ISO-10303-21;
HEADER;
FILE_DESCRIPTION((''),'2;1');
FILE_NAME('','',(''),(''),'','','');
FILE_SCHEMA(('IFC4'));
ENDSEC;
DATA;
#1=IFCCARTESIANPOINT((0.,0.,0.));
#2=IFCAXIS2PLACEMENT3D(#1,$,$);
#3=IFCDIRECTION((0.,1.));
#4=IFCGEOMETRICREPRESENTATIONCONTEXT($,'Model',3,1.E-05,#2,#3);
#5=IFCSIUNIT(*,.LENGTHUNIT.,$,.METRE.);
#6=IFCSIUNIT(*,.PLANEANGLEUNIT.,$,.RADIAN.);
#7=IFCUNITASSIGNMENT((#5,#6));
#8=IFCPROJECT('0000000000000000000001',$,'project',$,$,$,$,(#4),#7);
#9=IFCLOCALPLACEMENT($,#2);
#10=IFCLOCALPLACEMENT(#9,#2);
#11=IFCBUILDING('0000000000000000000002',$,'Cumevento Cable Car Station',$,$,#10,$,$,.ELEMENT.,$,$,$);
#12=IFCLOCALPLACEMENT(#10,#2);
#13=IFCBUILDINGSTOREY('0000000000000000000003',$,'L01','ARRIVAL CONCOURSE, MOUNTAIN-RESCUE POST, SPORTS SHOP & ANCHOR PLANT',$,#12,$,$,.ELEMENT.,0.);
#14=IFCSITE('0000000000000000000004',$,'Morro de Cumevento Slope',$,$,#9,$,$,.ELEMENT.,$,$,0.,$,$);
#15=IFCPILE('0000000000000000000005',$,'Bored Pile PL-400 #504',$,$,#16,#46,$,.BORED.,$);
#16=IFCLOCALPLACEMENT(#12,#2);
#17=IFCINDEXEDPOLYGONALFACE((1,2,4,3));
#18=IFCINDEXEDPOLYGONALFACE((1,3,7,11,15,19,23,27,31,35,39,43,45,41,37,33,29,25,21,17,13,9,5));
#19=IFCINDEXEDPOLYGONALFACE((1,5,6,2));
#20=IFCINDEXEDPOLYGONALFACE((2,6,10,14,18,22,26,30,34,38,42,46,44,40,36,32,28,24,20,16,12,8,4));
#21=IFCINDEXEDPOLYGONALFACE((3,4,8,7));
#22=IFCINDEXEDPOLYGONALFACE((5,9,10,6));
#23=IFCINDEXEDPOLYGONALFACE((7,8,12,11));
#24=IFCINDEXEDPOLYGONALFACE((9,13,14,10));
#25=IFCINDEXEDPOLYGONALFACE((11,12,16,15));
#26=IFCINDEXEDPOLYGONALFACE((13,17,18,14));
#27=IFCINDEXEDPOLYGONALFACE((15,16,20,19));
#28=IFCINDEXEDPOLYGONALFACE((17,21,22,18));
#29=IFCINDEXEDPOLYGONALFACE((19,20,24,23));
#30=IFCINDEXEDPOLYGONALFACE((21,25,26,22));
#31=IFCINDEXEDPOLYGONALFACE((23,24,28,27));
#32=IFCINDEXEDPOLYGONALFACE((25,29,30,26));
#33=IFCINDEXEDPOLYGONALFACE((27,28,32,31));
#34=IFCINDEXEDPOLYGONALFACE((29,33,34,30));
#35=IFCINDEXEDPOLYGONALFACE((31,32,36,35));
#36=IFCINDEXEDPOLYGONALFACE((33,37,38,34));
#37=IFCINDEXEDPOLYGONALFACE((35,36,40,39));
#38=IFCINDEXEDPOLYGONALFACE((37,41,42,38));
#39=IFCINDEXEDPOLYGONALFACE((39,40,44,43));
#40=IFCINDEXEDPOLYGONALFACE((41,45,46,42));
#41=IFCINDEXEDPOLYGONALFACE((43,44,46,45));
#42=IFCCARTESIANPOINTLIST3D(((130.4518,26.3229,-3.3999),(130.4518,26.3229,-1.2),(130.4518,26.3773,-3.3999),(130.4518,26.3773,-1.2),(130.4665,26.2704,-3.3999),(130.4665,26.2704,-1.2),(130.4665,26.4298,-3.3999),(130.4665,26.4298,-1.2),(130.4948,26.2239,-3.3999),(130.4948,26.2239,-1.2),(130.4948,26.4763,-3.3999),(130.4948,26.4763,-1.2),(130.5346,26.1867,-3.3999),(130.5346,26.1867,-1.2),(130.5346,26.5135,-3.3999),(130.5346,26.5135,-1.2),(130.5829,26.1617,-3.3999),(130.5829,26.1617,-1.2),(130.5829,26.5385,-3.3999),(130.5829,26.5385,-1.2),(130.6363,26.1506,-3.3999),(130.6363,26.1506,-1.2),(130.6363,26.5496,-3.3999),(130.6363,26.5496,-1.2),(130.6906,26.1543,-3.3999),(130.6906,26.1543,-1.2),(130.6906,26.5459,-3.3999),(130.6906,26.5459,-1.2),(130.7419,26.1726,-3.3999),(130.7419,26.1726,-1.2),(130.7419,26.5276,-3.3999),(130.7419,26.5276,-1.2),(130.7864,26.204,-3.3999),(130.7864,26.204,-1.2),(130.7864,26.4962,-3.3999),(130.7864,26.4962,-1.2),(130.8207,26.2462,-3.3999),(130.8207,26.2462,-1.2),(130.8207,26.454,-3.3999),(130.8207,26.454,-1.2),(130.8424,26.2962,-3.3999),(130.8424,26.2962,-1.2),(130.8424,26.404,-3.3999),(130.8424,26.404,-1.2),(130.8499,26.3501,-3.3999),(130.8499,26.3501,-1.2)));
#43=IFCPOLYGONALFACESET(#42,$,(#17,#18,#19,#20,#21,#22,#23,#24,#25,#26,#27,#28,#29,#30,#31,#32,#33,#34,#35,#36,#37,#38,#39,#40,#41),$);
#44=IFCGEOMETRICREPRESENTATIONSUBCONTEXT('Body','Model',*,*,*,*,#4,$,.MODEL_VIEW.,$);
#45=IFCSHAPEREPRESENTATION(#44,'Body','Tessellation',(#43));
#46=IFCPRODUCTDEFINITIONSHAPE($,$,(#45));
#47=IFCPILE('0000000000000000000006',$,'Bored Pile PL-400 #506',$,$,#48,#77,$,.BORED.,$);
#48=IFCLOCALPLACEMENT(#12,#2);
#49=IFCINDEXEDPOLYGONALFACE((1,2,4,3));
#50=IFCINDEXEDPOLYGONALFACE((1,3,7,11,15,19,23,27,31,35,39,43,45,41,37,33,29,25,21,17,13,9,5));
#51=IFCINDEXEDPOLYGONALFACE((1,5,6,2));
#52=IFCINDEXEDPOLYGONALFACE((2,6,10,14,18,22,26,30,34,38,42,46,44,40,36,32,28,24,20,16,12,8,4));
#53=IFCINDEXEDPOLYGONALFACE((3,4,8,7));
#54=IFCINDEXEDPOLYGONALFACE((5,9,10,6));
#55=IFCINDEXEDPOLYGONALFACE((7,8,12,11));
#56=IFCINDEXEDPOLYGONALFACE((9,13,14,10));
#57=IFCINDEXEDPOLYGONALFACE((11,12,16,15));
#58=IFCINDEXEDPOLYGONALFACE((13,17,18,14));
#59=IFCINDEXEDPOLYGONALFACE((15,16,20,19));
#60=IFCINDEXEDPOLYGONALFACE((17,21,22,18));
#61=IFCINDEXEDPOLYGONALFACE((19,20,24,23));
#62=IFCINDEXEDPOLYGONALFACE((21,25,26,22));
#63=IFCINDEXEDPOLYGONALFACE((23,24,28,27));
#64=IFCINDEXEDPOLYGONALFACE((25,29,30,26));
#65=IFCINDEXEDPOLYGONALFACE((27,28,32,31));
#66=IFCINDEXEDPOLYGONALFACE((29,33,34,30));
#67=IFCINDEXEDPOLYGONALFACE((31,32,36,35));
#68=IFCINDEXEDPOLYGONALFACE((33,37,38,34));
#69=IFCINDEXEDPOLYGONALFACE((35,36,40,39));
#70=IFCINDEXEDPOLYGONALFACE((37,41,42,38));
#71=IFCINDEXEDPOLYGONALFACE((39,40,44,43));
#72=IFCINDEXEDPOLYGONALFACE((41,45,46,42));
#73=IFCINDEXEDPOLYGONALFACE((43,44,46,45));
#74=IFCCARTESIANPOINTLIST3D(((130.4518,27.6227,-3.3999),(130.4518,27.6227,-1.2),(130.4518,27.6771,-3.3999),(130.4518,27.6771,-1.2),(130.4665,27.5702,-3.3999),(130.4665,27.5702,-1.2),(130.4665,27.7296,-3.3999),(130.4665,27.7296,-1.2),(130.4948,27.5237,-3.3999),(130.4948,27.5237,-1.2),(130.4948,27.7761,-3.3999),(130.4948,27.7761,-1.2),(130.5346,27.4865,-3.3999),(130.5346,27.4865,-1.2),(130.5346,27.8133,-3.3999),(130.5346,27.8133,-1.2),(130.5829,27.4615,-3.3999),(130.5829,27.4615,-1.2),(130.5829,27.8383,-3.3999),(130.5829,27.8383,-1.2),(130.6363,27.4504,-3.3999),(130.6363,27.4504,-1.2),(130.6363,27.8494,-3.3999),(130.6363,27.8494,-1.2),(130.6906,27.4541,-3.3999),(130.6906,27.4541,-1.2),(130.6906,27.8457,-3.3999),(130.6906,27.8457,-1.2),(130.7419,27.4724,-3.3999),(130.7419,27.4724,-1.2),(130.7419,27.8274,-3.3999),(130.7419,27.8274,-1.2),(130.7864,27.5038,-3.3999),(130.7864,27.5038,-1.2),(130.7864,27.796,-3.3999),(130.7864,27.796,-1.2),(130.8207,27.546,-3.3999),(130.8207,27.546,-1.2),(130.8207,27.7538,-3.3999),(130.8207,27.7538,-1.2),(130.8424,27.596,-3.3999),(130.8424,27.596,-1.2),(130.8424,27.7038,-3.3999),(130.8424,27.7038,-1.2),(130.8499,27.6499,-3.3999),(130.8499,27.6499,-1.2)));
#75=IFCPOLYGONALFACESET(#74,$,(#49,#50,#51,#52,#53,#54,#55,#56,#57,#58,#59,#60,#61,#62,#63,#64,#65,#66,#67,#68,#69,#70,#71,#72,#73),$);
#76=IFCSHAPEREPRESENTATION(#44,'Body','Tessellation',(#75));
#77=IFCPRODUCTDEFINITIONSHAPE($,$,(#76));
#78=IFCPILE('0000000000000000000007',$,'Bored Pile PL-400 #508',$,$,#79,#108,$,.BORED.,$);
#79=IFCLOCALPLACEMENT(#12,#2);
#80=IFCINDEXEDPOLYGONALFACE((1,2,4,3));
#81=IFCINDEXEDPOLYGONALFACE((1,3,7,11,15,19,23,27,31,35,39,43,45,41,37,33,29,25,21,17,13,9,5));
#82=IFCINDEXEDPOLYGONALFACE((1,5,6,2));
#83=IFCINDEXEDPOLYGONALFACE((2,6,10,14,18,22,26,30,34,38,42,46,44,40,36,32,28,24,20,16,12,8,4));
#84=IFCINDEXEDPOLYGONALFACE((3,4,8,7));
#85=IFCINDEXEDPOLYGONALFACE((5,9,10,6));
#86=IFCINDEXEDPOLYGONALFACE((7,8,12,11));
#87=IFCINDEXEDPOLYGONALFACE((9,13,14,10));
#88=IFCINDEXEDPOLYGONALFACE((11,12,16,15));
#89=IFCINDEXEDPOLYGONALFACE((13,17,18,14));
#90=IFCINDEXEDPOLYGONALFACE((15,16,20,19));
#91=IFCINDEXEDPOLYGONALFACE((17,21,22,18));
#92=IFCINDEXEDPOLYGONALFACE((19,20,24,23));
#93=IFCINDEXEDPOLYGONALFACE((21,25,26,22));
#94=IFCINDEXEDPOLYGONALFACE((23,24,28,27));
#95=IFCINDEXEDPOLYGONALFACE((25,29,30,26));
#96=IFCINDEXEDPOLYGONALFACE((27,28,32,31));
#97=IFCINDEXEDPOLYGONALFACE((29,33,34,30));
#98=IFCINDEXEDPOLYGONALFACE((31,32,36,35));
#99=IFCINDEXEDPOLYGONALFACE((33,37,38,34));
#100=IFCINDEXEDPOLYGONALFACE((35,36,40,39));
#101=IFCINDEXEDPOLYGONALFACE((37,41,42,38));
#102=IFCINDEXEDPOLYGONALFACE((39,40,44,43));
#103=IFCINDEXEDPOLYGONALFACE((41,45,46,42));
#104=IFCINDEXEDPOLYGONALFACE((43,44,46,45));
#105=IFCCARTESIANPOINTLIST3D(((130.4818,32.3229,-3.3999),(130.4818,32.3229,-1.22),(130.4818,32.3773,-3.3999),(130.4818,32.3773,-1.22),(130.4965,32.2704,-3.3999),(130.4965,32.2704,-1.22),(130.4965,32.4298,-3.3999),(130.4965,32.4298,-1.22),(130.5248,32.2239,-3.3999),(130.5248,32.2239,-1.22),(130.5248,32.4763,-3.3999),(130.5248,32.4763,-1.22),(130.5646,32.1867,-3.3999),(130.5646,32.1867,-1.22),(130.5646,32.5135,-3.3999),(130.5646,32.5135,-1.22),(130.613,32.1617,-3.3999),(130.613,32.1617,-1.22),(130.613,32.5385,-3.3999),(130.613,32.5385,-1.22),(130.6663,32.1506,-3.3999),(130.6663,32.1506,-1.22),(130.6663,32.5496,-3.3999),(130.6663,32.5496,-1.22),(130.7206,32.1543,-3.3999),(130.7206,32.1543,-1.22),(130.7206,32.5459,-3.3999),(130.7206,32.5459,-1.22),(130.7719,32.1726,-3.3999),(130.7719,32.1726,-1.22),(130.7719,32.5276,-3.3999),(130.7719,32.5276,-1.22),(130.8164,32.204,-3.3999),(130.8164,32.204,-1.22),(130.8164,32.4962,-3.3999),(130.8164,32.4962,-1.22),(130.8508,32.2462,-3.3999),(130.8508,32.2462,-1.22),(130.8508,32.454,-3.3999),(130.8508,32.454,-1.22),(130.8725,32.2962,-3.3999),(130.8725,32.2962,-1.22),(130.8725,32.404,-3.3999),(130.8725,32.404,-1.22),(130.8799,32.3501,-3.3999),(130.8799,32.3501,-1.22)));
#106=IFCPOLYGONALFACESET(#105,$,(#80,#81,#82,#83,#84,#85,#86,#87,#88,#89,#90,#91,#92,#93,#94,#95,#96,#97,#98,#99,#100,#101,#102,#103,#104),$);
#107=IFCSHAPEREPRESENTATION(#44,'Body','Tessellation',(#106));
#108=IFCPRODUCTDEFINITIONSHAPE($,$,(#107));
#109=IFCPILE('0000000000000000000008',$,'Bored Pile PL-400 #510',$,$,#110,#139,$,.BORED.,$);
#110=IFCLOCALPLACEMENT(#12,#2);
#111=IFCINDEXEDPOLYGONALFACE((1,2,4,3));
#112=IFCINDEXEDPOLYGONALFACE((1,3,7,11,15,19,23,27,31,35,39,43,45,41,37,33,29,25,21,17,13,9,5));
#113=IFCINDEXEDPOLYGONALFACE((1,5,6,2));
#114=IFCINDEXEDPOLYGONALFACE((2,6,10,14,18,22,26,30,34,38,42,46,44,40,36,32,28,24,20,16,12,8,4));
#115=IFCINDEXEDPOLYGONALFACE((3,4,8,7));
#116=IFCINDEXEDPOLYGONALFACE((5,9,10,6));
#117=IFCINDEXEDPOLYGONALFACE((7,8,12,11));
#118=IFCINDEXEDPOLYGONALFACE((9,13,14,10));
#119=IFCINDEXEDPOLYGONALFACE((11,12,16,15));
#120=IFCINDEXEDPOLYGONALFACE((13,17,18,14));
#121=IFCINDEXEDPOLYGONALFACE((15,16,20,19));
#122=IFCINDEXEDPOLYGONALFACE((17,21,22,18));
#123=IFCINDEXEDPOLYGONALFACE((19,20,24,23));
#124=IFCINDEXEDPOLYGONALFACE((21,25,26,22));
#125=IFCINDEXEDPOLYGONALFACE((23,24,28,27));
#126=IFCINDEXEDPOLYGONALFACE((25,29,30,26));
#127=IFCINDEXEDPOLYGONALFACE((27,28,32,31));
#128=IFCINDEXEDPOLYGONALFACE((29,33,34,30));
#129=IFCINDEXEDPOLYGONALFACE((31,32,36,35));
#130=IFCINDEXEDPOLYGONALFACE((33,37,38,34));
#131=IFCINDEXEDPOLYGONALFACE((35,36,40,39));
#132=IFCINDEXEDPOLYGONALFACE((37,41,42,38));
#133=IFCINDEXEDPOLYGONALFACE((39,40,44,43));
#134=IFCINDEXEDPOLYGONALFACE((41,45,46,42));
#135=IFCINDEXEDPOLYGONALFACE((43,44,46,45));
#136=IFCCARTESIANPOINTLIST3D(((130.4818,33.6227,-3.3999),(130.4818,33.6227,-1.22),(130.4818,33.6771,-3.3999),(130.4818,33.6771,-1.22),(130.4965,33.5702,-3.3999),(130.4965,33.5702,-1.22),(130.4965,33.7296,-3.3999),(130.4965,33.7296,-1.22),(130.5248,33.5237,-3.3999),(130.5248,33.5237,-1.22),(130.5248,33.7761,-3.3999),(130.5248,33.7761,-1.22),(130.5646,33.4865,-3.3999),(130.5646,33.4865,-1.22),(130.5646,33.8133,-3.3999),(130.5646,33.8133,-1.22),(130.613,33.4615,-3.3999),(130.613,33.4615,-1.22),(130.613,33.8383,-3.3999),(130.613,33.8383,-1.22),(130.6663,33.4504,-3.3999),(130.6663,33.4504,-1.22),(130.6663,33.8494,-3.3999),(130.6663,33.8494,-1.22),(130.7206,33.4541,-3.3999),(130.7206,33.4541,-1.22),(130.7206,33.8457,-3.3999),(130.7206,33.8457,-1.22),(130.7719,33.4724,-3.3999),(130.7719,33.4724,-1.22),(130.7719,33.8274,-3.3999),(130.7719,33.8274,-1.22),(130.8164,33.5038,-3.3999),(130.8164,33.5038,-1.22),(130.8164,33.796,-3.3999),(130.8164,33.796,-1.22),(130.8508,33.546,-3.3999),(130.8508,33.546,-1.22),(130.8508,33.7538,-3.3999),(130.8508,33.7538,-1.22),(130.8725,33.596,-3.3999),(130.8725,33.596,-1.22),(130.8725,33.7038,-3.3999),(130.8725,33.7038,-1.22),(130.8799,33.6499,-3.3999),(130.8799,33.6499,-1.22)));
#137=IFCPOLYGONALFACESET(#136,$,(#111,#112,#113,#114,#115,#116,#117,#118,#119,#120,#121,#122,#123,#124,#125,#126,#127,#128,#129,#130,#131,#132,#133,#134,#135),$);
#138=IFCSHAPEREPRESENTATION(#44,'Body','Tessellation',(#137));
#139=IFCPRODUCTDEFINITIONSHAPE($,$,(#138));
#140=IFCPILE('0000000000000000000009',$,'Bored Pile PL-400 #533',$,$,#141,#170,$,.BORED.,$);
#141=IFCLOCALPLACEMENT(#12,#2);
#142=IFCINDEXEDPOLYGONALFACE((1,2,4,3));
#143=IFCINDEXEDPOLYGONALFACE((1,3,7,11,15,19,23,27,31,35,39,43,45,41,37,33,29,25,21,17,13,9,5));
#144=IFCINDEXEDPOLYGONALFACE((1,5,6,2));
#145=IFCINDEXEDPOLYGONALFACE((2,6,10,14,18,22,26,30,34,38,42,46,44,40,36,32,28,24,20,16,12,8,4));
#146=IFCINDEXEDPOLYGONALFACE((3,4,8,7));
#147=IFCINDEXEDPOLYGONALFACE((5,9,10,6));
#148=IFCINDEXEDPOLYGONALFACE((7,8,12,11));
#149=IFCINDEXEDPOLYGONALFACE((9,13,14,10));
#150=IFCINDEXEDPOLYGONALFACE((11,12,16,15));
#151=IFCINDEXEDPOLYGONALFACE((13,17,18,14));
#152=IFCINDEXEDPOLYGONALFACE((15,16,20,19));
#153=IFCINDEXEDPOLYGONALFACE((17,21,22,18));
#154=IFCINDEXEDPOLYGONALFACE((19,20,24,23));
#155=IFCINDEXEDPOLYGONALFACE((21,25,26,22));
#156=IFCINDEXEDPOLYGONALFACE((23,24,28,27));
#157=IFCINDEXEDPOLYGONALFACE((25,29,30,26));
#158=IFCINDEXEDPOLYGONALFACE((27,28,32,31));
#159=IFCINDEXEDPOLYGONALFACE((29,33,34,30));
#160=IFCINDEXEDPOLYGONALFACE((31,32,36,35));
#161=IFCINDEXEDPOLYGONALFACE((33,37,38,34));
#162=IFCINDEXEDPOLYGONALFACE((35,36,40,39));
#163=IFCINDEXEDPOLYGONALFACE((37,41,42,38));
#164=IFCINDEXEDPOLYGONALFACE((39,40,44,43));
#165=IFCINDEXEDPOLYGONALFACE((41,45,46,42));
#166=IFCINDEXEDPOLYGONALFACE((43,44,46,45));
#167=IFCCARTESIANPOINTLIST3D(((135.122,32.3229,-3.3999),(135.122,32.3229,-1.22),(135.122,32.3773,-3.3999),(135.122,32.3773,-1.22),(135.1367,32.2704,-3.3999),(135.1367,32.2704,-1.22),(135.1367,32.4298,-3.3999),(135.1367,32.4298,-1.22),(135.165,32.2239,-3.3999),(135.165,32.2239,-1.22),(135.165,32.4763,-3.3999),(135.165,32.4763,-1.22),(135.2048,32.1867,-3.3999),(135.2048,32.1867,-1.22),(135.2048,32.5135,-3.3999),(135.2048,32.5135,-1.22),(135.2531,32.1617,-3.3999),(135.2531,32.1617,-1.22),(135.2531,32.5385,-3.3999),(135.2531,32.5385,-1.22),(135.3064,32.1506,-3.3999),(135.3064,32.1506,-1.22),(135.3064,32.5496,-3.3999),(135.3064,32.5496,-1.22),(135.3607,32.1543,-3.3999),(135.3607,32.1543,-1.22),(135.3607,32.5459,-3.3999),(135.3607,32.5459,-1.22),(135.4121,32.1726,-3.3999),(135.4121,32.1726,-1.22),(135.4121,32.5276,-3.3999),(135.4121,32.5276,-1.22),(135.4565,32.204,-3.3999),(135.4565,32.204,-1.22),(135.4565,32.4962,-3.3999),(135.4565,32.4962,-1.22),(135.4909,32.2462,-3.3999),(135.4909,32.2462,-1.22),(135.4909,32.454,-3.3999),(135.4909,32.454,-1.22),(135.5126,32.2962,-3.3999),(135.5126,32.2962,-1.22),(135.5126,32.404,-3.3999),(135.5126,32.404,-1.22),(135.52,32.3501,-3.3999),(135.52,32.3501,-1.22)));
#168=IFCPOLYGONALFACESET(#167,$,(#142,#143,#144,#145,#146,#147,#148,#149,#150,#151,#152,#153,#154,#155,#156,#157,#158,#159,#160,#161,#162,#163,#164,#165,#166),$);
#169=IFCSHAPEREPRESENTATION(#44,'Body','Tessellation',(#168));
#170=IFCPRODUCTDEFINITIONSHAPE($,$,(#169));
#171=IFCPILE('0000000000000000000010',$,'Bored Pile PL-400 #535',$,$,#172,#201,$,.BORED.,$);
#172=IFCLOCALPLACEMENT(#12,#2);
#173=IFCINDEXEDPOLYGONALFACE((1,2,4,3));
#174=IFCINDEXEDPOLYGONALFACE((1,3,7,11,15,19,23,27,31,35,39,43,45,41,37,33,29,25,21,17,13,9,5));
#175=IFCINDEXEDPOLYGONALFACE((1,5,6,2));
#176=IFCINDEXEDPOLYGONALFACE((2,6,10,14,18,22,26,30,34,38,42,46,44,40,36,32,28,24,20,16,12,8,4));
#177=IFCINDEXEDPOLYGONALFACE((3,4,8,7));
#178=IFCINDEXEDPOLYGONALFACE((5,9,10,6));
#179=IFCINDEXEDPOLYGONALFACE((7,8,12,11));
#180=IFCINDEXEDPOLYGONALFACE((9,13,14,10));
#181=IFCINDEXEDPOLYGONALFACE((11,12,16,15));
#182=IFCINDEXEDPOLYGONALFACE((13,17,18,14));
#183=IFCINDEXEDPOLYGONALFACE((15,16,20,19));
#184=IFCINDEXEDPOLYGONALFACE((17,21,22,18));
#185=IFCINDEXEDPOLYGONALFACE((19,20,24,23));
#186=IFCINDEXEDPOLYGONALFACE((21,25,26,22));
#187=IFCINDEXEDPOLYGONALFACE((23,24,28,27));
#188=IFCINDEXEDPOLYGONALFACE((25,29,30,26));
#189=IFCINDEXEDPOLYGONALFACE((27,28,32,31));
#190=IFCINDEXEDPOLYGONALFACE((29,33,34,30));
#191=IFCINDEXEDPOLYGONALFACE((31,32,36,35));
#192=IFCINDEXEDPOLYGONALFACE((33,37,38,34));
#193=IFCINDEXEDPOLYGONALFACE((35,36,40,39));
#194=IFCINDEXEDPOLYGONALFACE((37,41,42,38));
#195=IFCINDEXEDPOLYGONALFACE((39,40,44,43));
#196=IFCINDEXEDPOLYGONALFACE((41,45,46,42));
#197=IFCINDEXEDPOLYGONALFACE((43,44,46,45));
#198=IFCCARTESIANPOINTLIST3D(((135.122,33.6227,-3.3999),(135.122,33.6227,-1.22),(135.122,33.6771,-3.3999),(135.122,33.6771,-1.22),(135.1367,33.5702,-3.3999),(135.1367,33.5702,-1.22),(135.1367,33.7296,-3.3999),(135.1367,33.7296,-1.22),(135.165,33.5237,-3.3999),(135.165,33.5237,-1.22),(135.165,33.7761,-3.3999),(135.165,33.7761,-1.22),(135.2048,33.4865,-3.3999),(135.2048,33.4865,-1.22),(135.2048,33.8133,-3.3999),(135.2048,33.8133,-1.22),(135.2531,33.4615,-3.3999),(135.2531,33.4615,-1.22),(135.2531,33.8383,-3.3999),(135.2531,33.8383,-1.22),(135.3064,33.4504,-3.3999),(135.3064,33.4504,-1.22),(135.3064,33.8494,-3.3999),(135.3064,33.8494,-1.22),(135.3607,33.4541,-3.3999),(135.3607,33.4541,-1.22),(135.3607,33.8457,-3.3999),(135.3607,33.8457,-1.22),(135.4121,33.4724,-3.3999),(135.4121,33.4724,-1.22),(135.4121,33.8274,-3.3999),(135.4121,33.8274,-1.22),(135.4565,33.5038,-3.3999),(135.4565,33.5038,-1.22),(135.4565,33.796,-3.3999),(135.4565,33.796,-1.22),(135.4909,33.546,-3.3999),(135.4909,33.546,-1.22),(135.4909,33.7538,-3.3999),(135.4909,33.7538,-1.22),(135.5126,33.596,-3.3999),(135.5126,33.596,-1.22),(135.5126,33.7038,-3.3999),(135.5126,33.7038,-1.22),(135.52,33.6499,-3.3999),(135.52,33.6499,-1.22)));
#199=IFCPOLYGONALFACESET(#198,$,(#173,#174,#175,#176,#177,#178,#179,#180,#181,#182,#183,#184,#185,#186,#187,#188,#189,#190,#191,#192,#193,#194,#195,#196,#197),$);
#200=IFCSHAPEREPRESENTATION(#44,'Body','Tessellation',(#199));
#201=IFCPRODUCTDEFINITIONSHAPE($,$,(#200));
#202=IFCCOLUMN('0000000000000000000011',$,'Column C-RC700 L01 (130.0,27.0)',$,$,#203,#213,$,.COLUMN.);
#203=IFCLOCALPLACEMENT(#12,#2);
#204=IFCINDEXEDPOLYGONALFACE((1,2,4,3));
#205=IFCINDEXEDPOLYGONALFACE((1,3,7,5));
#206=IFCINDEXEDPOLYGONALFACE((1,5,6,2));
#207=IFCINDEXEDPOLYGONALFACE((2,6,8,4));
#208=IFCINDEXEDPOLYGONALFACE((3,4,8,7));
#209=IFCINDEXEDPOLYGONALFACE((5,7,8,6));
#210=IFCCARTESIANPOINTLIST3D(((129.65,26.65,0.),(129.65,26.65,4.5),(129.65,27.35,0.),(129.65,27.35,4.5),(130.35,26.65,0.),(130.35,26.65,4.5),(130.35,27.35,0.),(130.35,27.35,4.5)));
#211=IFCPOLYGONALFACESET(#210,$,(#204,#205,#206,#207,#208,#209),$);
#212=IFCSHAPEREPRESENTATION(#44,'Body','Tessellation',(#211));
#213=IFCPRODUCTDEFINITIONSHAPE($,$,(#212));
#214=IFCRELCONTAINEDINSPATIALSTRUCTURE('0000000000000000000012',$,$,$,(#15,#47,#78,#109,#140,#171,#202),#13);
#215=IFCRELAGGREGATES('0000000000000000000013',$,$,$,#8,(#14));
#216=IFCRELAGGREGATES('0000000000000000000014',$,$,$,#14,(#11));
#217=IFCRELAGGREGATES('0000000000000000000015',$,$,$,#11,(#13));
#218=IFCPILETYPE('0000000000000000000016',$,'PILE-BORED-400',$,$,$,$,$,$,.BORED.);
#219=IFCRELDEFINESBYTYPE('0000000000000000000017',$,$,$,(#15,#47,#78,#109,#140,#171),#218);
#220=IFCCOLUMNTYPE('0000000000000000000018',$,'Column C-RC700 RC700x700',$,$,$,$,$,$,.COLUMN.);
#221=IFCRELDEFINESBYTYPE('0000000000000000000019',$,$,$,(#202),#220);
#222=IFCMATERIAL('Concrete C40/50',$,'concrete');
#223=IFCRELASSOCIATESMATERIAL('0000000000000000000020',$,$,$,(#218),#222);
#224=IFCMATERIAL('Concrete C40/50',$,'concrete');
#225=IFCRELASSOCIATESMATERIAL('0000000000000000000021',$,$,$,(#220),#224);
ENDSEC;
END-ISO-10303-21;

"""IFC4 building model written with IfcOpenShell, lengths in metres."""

from ifc_helpers import new_model, si_unit, direction, frame, origin, origin_2d, place, context, subcontext, project, spatial, rectangle, circle, extrude, material, material_profile, profile_set, type_object, element, save


model = new_model("IFC4")

# Units and contexts
model_context = context("Model", 3, precision=1e-05, world=origin(), true_north=direction((0.0, 1.0)))
body_context = subcontext(model_context, "Body", "Model", "MODEL_VIEW")
ifc_project = project(units=[si_unit("LENGTHUNIT", "METRE"), si_unit("PLANEANGLEUNIT", "RADIAN")], contexts=[model_context])

# Site, building, storey
site_placement = place(None, origin())
site = spatial("IfcSite", under=ifc_project, at=site_placement, Name="Morro de Cumevento Slope", CompositionType="ELEMENT", RefElevation=0.0)
building_placement = place(site_placement, origin())
building = spatial("IfcBuilding", under=site, at=building_placement, Name="Cumevento Cable Car Station", CompositionType="ELEMENT")
storey_placement = place(building_placement, origin())
storey = spatial("IfcBuildingStorey", under=building, at=storey_placement, Name="L01", Description="ARRIVAL CONCOURSE, MOUNTAIN-RESCUE POST, SPORTS SHOP & ANCHOR PLANT", CompositionType="ELEMENT", Elevation=0.0)

# Piles
ifc_material_1 = material(Name="Concrete C40/50", Category="concrete")
ifc_material_profile_1 = material_profile(ifc_material_1, circle(Radius=0.2, at=origin_2d()), Name="PILE-D400")
ifc_profile_set_1 = profile_set([ifc_material_profile_1], Name="Concrete C40/50")
pile_type = type_object("IfcPileType", Name="PILE-BORED-400", PredefinedType="BORED", material=ifc_profile_set_1)
for number, where, z_axis, x_axis, name in (
    (1, (130.6499, 26.3501, -1.2), (0.0, 0.0, -1.0), (1.0, 0.0, 0.0), "Bored Pile PL-400 #504"),
    (2, (130.6499, 27.6499, -1.2), (0.0, 0.0, -1.0), (1.0, 0.0, 0.0), "Bored Pile PL-400 #506"),
):
    element("IfcPile", number, at=place(storey_placement, frame(where, z_axis=z_axis, x_axis=x_axis)), inside=storey, type_object=pile_type, Name=name, PredefinedType="BORED", context=body_context, shape_type="SweptSolid", body=[
        extrude(circle(Radius=0.2, at=origin_2d()), origin(), (0.0, 0.0, 1.0), 2.2),
    ])
for number, where, z_axis, x_axis, name in (
    (3, (130.6799, 32.3501, -1.22), (0.0, 0.0, -1.0), (1.0, 0.0, 0.0), "Bored Pile PL-400 #508"),
    (4, (130.6799, 33.6499, -1.22), (0.0, 0.0, -1.0), (1.0, 0.0, 0.0), "Bored Pile PL-400 #510"),
    (5, (135.3201, 32.3501, -1.22), (0.0, 0.0, -1.0), (1.0, 0.0, 0.0), "Bored Pile PL-400 #533"),
    (6, (135.3201, 33.6499, -1.22), (0.0, 0.0, -1.0), (1.0, 0.0, 0.0), "Bored Pile PL-400 #535"),
):
    element("IfcPile", number, at=place(storey_placement, frame(where, z_axis=z_axis, x_axis=x_axis)), inside=storey, type_object=pile_type, Name=name, PredefinedType="BORED", context=body_context, shape_type="SweptSolid", body=[
        extrude(circle(Radius=0.2, at=origin_2d()), origin(), (0.0, 0.0, 1.0), 2.1799),
    ])

# Column
ifc_material_2 = material(Name="Concrete C40/50", Category="concrete")
ifc_material_profile_2 = material_profile(ifc_material_2, rectangle(XDim=0.7, YDim=0.7, at=origin_2d()), Name="RC700x700")
ifc_profile_set_2 = profile_set([ifc_material_profile_2], Name="Concrete C40/50")
column_type = type_object("IfcColumnType", Name="Column C-RC700 RC700x700", PredefinedType="COLUMN", material=ifc_profile_set_2)
for number, where, z_axis, x_axis, name in (
    (7, (130.0, 27.0, 0.0), (0.0, 0.0, 1.0), (1.0, 0.0, 0.0), "Column C-RC700 L01 (130.0,27.0)"),
):
    element("IfcColumn", number, at=place(storey_placement, frame(where, z_axis=z_axis, x_axis=x_axis)), inside=storey, type_object=column_type, Name=name, PredefinedType="COLUMN", context=body_context, shape_type="SweptSolid", body=[
        extrude(rectangle(XDim=0.7, YDim=0.7, at=origin_2d()), origin(), (0.0, 0.0, 1.0), 4.5),
    ])

save(model, "model.ifc")
